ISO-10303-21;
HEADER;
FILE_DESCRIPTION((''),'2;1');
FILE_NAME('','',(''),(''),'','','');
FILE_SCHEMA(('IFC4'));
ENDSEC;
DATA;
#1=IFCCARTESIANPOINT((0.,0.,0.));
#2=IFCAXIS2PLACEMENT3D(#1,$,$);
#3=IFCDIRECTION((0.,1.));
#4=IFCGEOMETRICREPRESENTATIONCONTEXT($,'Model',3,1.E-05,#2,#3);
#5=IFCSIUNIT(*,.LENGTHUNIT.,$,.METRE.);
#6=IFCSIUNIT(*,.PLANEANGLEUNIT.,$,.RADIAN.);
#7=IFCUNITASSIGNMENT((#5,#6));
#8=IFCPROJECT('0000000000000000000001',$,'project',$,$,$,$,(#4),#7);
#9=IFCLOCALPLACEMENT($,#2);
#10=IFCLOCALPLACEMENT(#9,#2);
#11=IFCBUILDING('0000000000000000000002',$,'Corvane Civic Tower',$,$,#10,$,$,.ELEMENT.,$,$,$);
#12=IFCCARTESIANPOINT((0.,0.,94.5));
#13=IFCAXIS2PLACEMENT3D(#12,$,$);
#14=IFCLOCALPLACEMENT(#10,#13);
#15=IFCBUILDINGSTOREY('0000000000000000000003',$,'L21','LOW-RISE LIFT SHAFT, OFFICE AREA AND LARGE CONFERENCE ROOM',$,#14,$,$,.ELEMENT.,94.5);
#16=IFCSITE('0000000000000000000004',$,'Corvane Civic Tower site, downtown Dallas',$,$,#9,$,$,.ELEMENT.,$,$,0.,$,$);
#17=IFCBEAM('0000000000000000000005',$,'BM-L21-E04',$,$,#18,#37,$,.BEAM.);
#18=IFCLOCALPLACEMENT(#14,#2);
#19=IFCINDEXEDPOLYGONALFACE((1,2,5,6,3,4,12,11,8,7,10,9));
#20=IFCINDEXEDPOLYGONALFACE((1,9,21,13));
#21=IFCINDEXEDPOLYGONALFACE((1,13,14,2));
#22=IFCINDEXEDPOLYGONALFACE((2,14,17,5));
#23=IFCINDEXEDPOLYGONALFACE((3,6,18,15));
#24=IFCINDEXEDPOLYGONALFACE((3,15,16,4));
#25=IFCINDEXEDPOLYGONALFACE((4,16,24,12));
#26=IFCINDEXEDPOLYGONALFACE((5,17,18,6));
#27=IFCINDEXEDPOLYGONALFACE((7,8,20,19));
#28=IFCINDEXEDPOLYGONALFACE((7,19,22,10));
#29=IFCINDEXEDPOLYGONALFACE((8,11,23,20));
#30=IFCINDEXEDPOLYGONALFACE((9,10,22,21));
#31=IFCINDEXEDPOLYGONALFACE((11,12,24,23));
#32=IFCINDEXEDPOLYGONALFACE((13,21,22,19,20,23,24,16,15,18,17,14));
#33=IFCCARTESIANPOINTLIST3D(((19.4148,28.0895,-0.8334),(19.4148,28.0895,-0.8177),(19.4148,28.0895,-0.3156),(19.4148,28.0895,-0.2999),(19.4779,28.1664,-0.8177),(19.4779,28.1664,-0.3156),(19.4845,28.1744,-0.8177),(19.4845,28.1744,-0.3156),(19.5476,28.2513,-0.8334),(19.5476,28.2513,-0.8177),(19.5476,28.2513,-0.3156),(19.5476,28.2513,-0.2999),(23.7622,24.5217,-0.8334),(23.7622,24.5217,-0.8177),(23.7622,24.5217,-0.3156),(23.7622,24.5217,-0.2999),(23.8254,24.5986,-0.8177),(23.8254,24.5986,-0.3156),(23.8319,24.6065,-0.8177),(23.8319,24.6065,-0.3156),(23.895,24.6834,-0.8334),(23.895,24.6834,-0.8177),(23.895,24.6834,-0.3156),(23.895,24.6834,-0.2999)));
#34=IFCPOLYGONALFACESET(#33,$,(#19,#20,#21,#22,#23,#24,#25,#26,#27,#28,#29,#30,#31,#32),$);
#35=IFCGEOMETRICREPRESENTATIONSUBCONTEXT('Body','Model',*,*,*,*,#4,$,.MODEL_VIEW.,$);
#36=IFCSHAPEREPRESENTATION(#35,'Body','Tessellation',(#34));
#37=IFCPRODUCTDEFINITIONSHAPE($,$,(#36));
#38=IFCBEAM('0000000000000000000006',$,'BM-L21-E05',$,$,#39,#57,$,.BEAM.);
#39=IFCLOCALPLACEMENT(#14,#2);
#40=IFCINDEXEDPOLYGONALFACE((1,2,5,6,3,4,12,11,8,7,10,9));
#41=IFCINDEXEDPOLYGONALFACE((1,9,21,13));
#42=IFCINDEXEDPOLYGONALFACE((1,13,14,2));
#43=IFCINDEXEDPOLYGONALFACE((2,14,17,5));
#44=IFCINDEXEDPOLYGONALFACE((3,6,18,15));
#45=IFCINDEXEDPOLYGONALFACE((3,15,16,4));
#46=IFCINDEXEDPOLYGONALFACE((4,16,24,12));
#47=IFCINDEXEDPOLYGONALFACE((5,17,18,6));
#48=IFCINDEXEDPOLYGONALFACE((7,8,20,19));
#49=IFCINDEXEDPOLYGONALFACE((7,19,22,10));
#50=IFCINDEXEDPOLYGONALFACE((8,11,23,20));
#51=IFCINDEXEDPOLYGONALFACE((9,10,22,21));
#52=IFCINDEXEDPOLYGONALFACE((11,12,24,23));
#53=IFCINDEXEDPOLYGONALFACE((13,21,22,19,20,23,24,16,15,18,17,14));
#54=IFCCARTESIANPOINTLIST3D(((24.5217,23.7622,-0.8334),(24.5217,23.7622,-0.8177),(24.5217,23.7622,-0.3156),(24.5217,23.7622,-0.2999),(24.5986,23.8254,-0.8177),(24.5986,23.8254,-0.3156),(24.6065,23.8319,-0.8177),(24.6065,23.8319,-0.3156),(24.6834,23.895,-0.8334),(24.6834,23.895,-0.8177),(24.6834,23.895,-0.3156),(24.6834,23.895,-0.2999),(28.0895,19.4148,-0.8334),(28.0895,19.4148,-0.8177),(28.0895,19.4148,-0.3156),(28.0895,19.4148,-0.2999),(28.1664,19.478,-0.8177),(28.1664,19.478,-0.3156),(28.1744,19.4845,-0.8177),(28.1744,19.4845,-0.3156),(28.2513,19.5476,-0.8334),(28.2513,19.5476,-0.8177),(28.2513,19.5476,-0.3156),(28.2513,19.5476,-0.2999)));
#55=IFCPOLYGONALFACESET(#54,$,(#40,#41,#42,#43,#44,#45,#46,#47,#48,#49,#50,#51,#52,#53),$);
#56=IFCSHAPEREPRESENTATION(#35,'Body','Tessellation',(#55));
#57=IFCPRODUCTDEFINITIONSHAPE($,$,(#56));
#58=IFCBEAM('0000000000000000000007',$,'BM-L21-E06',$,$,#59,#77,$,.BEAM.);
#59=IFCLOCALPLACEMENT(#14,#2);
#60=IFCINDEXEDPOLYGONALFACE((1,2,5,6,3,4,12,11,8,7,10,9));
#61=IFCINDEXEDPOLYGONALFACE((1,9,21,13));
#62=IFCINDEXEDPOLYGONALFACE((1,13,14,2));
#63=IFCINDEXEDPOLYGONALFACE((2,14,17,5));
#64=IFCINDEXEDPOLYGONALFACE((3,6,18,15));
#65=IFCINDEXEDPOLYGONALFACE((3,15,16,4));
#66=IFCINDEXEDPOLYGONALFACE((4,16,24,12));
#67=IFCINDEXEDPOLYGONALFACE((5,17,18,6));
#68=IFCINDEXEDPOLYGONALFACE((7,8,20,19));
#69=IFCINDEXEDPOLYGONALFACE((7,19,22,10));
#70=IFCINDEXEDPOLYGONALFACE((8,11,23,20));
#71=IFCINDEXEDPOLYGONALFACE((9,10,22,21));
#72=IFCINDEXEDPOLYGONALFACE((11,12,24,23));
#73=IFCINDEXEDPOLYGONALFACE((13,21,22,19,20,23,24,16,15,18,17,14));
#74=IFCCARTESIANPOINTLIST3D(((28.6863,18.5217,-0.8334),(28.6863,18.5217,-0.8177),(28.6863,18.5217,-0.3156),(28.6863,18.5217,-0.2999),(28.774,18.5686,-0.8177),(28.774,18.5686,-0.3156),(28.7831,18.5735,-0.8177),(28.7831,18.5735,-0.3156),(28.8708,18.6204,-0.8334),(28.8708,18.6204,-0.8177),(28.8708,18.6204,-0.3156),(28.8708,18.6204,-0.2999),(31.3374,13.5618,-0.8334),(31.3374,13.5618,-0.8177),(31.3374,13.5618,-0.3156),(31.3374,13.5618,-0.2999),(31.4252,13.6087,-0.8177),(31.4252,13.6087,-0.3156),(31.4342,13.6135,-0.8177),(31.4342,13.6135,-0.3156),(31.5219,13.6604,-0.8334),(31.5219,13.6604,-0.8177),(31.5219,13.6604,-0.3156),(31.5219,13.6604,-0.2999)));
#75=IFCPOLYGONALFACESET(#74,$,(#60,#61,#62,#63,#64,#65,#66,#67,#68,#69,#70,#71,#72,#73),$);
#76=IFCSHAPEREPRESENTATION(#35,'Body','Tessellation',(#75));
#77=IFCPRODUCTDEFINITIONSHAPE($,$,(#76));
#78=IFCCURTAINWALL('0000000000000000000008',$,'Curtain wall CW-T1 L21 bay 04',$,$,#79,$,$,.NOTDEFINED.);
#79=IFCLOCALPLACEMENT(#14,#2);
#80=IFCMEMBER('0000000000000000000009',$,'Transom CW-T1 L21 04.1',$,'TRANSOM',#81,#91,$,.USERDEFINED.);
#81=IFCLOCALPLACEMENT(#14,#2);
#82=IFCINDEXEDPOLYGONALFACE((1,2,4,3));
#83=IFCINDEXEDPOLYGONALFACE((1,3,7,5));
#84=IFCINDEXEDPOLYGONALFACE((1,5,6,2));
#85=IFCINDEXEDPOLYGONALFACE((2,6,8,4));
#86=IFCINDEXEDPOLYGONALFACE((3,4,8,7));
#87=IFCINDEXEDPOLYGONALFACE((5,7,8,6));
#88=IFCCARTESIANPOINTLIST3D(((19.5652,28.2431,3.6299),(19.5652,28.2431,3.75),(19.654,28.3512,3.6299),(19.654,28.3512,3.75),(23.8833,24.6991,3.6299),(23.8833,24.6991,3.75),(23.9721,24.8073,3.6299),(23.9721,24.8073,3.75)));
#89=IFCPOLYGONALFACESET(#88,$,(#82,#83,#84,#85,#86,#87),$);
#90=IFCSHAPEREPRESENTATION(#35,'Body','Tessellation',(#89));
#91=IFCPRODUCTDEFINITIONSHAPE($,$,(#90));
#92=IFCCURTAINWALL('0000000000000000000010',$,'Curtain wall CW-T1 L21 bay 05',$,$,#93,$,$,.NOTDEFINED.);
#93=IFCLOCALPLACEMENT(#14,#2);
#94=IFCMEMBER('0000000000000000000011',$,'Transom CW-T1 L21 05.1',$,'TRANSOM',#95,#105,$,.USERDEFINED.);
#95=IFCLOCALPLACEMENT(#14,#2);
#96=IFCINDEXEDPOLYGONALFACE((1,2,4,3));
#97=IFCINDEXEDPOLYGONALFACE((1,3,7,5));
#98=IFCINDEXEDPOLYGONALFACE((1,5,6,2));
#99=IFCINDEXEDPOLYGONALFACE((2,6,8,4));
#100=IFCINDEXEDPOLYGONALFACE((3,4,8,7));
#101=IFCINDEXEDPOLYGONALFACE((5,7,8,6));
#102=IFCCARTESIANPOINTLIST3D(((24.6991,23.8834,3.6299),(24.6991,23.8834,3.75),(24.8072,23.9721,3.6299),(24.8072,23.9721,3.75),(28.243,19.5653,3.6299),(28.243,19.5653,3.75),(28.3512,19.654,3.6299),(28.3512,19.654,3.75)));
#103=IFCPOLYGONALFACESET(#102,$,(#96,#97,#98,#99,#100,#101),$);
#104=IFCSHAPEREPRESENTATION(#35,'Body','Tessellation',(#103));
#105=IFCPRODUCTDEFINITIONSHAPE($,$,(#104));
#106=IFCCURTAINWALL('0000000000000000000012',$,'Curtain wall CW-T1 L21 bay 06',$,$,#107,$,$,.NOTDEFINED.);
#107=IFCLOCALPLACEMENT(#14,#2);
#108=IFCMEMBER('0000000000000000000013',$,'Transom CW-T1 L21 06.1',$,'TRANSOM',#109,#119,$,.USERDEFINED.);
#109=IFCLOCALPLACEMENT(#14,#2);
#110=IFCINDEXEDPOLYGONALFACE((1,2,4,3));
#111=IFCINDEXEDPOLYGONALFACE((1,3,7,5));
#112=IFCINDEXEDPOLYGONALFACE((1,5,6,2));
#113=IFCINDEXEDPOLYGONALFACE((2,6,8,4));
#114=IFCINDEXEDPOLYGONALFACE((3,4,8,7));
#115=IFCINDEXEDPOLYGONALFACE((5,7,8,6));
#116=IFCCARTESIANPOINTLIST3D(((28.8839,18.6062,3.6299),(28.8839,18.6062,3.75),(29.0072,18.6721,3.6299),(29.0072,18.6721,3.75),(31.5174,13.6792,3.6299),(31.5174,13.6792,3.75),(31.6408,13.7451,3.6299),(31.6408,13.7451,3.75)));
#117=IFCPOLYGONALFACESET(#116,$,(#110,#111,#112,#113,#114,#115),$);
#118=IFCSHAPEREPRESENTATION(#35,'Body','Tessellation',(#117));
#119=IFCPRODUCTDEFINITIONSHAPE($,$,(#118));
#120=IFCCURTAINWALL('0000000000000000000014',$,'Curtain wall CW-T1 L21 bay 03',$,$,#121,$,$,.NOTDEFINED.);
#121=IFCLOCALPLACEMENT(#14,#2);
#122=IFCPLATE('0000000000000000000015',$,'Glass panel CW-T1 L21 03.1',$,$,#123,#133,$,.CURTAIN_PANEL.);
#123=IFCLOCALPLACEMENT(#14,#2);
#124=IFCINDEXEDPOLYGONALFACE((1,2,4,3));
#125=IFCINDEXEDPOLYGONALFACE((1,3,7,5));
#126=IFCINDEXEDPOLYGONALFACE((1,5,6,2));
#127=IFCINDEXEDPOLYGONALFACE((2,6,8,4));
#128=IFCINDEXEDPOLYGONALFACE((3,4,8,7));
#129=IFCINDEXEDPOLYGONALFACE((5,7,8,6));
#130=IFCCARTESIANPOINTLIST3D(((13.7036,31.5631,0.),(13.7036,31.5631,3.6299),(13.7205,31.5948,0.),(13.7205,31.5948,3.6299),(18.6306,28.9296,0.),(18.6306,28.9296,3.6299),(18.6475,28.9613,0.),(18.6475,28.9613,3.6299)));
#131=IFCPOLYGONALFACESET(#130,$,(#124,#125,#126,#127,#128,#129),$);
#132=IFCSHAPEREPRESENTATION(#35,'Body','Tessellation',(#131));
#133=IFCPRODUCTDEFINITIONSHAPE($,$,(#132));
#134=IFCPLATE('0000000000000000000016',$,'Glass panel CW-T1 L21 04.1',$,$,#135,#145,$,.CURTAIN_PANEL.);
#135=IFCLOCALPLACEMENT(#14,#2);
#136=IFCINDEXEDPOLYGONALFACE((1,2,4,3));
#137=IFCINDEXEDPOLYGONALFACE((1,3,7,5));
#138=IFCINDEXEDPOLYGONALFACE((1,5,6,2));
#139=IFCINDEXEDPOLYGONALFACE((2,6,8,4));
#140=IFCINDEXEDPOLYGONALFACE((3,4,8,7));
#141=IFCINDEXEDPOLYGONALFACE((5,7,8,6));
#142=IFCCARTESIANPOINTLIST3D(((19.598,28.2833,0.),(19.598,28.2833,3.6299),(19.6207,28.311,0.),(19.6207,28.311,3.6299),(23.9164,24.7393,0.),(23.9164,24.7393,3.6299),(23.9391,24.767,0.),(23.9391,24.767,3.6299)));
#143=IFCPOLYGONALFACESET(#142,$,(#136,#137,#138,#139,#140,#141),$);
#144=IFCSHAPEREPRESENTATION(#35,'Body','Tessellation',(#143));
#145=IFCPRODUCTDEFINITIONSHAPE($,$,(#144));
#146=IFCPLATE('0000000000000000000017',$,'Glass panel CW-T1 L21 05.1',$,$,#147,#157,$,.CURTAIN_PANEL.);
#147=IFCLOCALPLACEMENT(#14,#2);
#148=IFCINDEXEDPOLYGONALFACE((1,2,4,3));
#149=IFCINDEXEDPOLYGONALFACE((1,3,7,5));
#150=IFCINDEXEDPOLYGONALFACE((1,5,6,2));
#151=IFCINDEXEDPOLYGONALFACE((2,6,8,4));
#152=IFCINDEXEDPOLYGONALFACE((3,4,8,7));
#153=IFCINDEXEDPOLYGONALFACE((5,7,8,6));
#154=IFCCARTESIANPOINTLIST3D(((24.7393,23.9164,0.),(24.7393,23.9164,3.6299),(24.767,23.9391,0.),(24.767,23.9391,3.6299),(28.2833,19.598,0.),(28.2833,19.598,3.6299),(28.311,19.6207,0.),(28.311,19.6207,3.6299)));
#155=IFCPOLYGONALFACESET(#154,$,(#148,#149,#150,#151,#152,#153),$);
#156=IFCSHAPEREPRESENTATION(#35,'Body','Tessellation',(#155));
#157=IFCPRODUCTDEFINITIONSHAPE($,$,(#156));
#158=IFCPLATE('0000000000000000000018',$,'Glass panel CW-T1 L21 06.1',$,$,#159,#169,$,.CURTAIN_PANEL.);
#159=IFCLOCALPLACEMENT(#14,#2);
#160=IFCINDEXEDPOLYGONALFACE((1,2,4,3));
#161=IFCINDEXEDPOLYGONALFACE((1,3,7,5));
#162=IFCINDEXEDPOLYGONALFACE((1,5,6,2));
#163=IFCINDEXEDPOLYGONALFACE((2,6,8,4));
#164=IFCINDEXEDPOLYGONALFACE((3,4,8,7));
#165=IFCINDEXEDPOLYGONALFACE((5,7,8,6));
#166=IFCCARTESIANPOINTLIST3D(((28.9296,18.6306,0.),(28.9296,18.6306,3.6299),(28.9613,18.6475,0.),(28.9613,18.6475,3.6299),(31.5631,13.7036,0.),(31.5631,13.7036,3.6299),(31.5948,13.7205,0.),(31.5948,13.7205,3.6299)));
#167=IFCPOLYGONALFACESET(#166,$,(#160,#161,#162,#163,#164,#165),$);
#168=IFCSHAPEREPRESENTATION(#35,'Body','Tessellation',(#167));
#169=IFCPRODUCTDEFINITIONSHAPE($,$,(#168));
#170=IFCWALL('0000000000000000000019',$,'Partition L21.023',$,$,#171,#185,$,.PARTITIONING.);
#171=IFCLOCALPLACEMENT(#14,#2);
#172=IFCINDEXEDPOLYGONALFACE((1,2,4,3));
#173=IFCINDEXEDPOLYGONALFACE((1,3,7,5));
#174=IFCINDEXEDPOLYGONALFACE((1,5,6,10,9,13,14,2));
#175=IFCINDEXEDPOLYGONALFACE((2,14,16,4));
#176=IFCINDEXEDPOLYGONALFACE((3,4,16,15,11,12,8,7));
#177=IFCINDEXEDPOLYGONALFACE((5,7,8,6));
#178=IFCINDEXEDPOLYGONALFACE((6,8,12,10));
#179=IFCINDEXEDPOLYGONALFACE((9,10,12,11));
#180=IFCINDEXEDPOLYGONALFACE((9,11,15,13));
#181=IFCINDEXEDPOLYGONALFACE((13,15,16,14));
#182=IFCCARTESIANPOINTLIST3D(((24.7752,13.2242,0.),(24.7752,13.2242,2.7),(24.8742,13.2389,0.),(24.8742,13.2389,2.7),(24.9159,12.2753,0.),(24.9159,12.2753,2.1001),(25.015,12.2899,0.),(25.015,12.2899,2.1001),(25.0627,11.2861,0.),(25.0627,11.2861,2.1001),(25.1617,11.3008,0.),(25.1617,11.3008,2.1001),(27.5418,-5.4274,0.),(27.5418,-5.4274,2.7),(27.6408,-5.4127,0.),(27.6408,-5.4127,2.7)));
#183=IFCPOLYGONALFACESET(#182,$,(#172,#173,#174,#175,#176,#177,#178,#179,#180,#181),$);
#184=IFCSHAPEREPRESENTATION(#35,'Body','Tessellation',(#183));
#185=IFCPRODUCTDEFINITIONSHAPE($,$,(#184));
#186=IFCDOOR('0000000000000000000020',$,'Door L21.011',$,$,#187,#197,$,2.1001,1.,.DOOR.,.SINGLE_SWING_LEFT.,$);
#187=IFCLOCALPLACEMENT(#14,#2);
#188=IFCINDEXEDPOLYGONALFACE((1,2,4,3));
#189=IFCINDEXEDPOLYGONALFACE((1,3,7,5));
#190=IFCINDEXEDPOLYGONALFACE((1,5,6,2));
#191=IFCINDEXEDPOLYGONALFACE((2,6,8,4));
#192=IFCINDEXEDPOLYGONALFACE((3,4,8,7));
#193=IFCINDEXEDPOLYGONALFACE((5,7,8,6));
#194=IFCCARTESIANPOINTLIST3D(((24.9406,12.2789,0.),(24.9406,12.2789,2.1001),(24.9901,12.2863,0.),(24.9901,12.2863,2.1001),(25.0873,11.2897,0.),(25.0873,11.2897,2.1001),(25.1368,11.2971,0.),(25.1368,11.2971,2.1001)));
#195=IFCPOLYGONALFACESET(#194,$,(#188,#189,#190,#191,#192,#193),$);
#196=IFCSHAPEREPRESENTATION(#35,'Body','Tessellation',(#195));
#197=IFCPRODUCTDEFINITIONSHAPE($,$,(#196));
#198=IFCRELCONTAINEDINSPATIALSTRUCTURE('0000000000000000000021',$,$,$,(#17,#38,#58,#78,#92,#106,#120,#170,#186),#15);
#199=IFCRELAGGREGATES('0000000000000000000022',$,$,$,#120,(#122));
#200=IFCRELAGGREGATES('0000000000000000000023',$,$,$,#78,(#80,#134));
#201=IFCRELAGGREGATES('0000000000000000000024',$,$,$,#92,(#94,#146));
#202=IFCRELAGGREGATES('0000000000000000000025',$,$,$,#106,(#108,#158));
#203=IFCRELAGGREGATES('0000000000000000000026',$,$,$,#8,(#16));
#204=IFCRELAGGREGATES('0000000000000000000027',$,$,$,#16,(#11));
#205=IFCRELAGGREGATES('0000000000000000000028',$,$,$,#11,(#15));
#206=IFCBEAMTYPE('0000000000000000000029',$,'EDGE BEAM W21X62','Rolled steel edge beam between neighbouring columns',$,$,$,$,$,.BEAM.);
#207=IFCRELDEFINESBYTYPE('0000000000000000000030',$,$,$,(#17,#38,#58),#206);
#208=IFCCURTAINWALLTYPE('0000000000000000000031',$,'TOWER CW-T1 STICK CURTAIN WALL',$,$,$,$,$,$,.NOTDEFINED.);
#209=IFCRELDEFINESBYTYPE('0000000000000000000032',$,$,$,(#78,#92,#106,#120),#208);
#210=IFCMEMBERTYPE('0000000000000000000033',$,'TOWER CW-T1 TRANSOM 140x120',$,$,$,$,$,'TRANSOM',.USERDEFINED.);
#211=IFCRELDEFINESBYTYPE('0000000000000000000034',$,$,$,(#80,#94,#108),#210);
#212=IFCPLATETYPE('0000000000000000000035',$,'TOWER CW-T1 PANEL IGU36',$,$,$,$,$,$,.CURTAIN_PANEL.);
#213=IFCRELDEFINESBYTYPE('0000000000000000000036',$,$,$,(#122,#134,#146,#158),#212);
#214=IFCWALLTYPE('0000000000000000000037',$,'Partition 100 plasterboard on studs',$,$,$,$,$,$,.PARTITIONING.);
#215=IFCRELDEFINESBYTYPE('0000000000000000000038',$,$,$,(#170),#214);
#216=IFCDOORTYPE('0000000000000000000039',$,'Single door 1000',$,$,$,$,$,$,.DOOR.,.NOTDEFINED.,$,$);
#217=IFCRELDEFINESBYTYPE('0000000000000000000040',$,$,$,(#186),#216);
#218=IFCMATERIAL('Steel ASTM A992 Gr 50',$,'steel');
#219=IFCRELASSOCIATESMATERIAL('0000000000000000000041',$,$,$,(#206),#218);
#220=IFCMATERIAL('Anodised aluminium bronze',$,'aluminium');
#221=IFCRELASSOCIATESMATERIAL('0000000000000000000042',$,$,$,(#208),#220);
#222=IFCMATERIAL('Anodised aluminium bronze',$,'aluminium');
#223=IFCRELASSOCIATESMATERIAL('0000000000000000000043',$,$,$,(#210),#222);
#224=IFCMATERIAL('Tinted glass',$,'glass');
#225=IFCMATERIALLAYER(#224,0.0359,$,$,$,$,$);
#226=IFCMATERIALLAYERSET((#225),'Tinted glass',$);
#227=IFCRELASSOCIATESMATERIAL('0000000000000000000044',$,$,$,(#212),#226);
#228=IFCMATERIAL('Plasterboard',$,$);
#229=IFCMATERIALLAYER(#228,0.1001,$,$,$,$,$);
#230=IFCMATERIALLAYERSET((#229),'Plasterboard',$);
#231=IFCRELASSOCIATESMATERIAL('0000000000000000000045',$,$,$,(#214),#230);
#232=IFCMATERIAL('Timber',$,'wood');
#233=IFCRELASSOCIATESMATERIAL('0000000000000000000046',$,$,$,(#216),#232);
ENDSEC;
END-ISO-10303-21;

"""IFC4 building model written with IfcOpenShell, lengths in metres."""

from ifc_helpers import new_model, si_unit, direction, frame, frame_2d, origin, origin_2d, place, context, subcontext, project, spatial, rectangle, i_section, extrude, material, layer, layer_set, material_profile, profile_set, type_object, element, fill, aggregate, save


model = new_model("IFC4")

# Units and contexts
model_context = context("Model", 3, precision=1e-05, world=origin(), true_north=direction((0.0, 1.0)))
body_context = subcontext(model_context, "Body", "Model", "MODEL_VIEW")
ifc_project = project(units=[si_unit("LENGTHUNIT", "METRE"), si_unit("PLANEANGLEUNIT", "RADIAN")], contexts=[model_context])

# Site, building, storey
site_placement = place(None, origin())
site = spatial("IfcSite", under=ifc_project, at=site_placement, Name="Corvane Civic Tower site, downtown Dallas", CompositionType="ELEMENT", RefElevation=0.0)
building_placement = place(site_placement, origin())
building = spatial("IfcBuilding", under=site, at=building_placement, Name="Corvane Civic Tower", CompositionType="ELEMENT")
storey_placement = place(building_placement, frame((0.0, 0.0, 94.5)))
storey = spatial("IfcBuildingStorey", under=building, at=storey_placement, Name="L21", Description="LOW-RISE LIFT SHAFT, OFFICE AREA AND LARGE CONFERENCE ROOM", CompositionType="ELEMENT", Elevation=94.5)

# Beams
ifc_material_1 = material(Name="Steel ASTM A992 Gr 50", Category="steel")
ifc_material_profile_1 = material_profile(ifc_material_1, i_section(OverallWidth=0.2092, OverallDepth=0.5334, WebThickness=0.0103, FlangeThickness=0.0156, at=origin_2d()), Name="W21X62")
ifc_profile_set_1 = profile_set([ifc_material_profile_1], Name="Steel ASTM A992 Gr 50")
beam_type = type_object("IfcBeamType", Name="EDGE BEAM W21X62", Description="Rolled steel edge beam between neighbouring columns", PredefinedType="BEAM", material=ifc_profile_set_1)
for number, where, z_axis, x_axis, name in (
    (1, (19.4812, 28.1704, -0.5667), (0.773007, -0.634398, 0.0), (0.634398, 0.773007, 0.0), "BM-L21-E04"),
    (2, (24.6025, 23.8286, -0.5667), (0.634398, -0.773007, 0.0), (0.773007, 0.634398, 0.0), "BM-L21-E05"),
    (3, (28.7786, 18.571, -0.5667), (0.471392, -0.881924, 0.0), (0.881924, 0.471392, 0.0), "BM-L21-E06"),
):
    element("IfcBeam", number, at=place(storey_placement, frame(where, z_axis=z_axis, x_axis=x_axis)), inside=storey, type_object=beam_type, Name=name, PredefinedType="BEAM", context=body_context, shape_type="SweptSolid", body=[
        extrude(i_section(OverallWidth=0.2092, OverallDepth=0.5334, WebThickness=0.0103, FlangeThickness=0.0156, at=origin_2d()), origin(), (0.0, 0.0, 1.0), 5.624),
    ])

# Curtain walls, members
ifc_material_2 = material(Name="Anodised aluminium bronze", Category="aluminium")
curtain_wall_type = type_object("IfcCurtainWallType", Name="TOWER CW-T1 STICK CURTAIN WALL", PredefinedType="NOTDEFINED", material=ifc_material_2)
curtain_wall_1_placement = place(storey_placement, origin())
curtain_wall_1 = element("IfcCurtainWall", 4, at=curtain_wall_1_placement, inside=storey, type_object=curtain_wall_type, Name="Curtain wall CW-T1 L21 bay 04", PredefinedType="NOTDEFINED")
ifc_material_3 = material(Name="Anodised aluminium bronze", Category="aluminium")
ifc_material_profile_2 = material_profile(ifc_material_3, rectangle(XDim=0.1399, YDim=0.1201, at=origin_2d()), Name="TOWER CW-T1 TRANSOM 140x120")
ifc_profile_set_2 = profile_set([ifc_material_profile_2], Name="Anodised aluminium bronze")
member_type = type_object("IfcMemberType", Name="TOWER CW-T1 TRANSOM 140x120", ElementType="TRANSOM", PredefinedType="USERDEFINED", material=ifc_profile_set_2)
member_1_placement = place(storey_placement, frame((19.6096, 28.2971, 3.6899), z_axis=(0.772996, -0.63441, 0.0), x_axis=(0.63441, 0.772996, 0.0)))
member_1 = element("IfcMember", 5, at=member_1_placement, type_object=member_type, Name="Transom CW-T1 L21 04.1", ObjectType="TRANSOM", PredefinedType="USERDEFINED", context=body_context, shape_type="SweptSolid", body=[
    extrude(rectangle(XDim=0.1399, YDim=0.1201, at=origin_2d()), origin(), (0.0, 0.0, 1.0), 5.5862),
])
curtain_wall_2_placement = place(storey_placement, origin())
curtain_wall_2 = element("IfcCurtainWall", 6, at=curtain_wall_2_placement, inside=storey, type_object=curtain_wall_type, Name="Curtain wall CW-T1 L21 bay 05", PredefinedType="NOTDEFINED")
member_2_placement = place(storey_placement, frame((24.7532, 23.9277, 3.6899), z_axis=(0.63441, -0.772996, 0.0), x_axis=(0.772996, 0.63441, 0.0)))
member_2 = element("IfcMember", 7, at=member_2_placement, type_object=member_type, Name="Transom CW-T1 L21 05.1", ObjectType="TRANSOM", PredefinedType="USERDEFINED", context=body_context, shape_type="SweptSolid", body=[
    extrude(rectangle(XDim=0.1399, YDim=0.1201, at=origin_2d()), origin(), (0.0, 0.0, 1.0), 5.5862),
])
curtain_wall_3_placement = place(storey_placement, origin())
curtain_wall_3 = element("IfcCurtainWall", 8, at=curtain_wall_3_placement, inside=storey, type_object=curtain_wall_type, Name="Curtain wall CW-T1 L21 bay 06", PredefinedType="NOTDEFINED")
member_3_placement = place(storey_placement, frame((28.9456, 18.6392, 3.6899), z_axis=(0.471398, -0.881921, 0.0), x_axis=(0.881921, 0.471398, 0.0)))
member_3 = element("IfcMember", 9, at=member_3_placement, type_object=member_type, Name="Transom CW-T1 L21 06.1", ObjectType="TRANSOM", PredefinedType="USERDEFINED", context=body_context, shape_type="SweptSolid", body=[
    extrude(rectangle(XDim=0.1399, YDim=0.1201, at=origin_2d()), origin(), (0.0, 0.0, 1.0), 5.5867),
])

# Curtain wall, plate
curtain_wall_4_placement = place(storey_placement, origin())
curtain_wall_4 = element("IfcCurtainWall", 10, at=curtain_wall_4_placement, inside=storey, type_object=curtain_wall_type, Name="Curtain wall CW-T1 L21 bay 03", PredefinedType="NOTDEFINED")
ifc_material_4 = material(Name="Tinted glass", Category="glass")
ifc_layer_1 = layer(ifc_material_4, 0.0359)
ifc_layer_set_1 = layer_set([ifc_layer_1], Name="Tinted glass")
plate_type = type_object("IfcPlateType", Name="TOWER CW-T1 PANEL IGU36", PredefinedType="CURTAIN_PANEL", material=ifc_layer_set_1)
plate_1_placement = place(storey_placement, frame((16.1755, 30.2622, 0.0), z_axis=(0.0, 0.0, 1.0), x_axis=(0.881924, -0.471392, 0.0)))
plate_1 = element("IfcPlate", 11, at=plate_1_placement, type_object=plate_type, Name="Glass panel CW-T1 L21 03.1", PredefinedType="CURTAIN_PANEL", context=body_context, shape_type="SweptSolid", body=[
    extrude(rectangle(XDim=5.5867, YDim=0.0359, at=origin_2d()), origin(), (0.0, 0.0, 1.0), 3.6299),
])
aggregate(curtain_wall_4, [plate_1])

# Plates
plate_2_placement = place(storey_placement, frame((21.7686, 26.5251, 0.0), z_axis=(0.0, 0.0, 1.0), x_axis=(0.773013, -0.63439, 0.0)))
plate_2 = element("IfcPlate", 12, at=plate_2_placement, type_object=plate_type, Name="Glass panel CW-T1 L21 04.1", PredefinedType="CURTAIN_PANEL", context=body_context, shape_type="SweptSolid", body=[
    extrude(rectangle(XDim=5.5864, YDim=0.0359, at=origin_2d()), origin(), (0.0, 0.0, 1.0), 3.6299),
])
aggregate(curtain_wall_1, [member_1, plate_2])
plate_3_placement = place(storey_placement, frame((26.5251, 21.7686, 0.0), z_axis=(0.0, 0.0, 1.0), x_axis=(0.63439, -0.773013, 0.0)))
plate_3 = element("IfcPlate", 13, at=plate_3_placement, type_object=plate_type, Name="Glass panel CW-T1 L21 05.1", PredefinedType="CURTAIN_PANEL", context=body_context, shape_type="SweptSolid", body=[
    extrude(rectangle(XDim=5.5864, YDim=0.0359, at=origin_2d()), origin(), (0.0, 0.0, 1.0), 3.6299),
])
aggregate(curtain_wall_2, [member_2, plate_3])
plate_4_placement = place(storey_placement, frame((30.2622, 16.1755, 0.0), z_axis=(0.0, 0.0, 1.0), x_axis=(0.471392, -0.881924, 0.0)))
plate_4 = element("IfcPlate", 14, at=plate_4_placement, type_object=plate_type, Name="Glass panel CW-T1 L21 06.1", PredefinedType="CURTAIN_PANEL", context=body_context, shape_type="SweptSolid", body=[
    extrude(rectangle(XDim=5.5867, YDim=0.0359, at=origin_2d()), origin(), (0.0, 0.0, 1.0), 3.6299),
])
aggregate(curtain_wall_3, [member_3, plate_4])

# Wall, opening, door
ifc_material_5 = material(Name="Plasterboard")
ifc_layer_2 = layer(ifc_material_5, 0.1001)
ifc_layer_set_2 = layer_set([ifc_layer_2], Name="Plasterboard")
wall_type = type_object("IfcWallType", Name="Partition 100 plasterboard on studs", PredefinedType="PARTITIONING", material=ifc_layer_set_2)
wall_1_placement = place(storey_placement, frame((24.8247, 13.2314, 0.0), z_axis=(0.0, 0.0, 1.0), x_axis=(0.146725, -0.989177, 0.0)))
wall_1 = element("IfcWall", 15, at=wall_1_placement, inside=storey, type_object=wall_type, Name="Partition L21.023", PredefinedType="PARTITIONING", context=body_context, shape_type="SweptSolid", body=[
    extrude(rectangle(XDim=18.8557, YDim=0.1001, at=frame_2d((9.4277, 0.0))), origin(), (0.0, 0.0, 1.0), 2.7),
])
opening_1_placement = place(wall_1_placement, frame((0.9592, 0.0, 0.0)))
opening_1 = element("IfcOpeningElement", 16, at=opening_1_placement, cuts=wall_1, PredefinedType="OPENING", context=body_context, shape_type="SweptSolid", body=[
    extrude(rectangle(XDim=1.0, YDim=2.1001, at=frame_2d((0.5, 1.05))), frame((0.0, 0.0601, 0.0), z_axis=(0.0, -1.0, 0.0), x_axis=(1.0, 0.0, 0.0)), (0.0, 0.0, 1.0), 0.1201),
])
ifc_material_6 = material(Name="Timber", Category="wood")
door_type = type_object("IfcDoorType", Name="Single door 1000", OperationType="NOTDEFINED", PredefinedType="DOOR", material=ifc_material_6)
door_1_placement = place(opening_1_placement, origin())
door_1 = element("IfcDoor", 17, at=door_1_placement, inside=storey, type_object=door_type, Name="Door L21.011", OperationType="SINGLE_SWING_LEFT", OverallHeight=2.1001, OverallWidth=1.0, PredefinedType="DOOR", context=body_context, shape_type="SweptSolid", body=[
    extrude(rectangle(XDim=1.0, YDim=2.1001, at=frame_2d((0.5, 1.05))), frame((0.0, 0.0249, 0.0), z_axis=(0.0, -1.0, 0.0), x_axis=(1.0, 0.0, 0.0)), (0.0, 0.0, 1.0), 0.05),
])
fill(opening_1, door_1)

save(model, "model.ifc")
